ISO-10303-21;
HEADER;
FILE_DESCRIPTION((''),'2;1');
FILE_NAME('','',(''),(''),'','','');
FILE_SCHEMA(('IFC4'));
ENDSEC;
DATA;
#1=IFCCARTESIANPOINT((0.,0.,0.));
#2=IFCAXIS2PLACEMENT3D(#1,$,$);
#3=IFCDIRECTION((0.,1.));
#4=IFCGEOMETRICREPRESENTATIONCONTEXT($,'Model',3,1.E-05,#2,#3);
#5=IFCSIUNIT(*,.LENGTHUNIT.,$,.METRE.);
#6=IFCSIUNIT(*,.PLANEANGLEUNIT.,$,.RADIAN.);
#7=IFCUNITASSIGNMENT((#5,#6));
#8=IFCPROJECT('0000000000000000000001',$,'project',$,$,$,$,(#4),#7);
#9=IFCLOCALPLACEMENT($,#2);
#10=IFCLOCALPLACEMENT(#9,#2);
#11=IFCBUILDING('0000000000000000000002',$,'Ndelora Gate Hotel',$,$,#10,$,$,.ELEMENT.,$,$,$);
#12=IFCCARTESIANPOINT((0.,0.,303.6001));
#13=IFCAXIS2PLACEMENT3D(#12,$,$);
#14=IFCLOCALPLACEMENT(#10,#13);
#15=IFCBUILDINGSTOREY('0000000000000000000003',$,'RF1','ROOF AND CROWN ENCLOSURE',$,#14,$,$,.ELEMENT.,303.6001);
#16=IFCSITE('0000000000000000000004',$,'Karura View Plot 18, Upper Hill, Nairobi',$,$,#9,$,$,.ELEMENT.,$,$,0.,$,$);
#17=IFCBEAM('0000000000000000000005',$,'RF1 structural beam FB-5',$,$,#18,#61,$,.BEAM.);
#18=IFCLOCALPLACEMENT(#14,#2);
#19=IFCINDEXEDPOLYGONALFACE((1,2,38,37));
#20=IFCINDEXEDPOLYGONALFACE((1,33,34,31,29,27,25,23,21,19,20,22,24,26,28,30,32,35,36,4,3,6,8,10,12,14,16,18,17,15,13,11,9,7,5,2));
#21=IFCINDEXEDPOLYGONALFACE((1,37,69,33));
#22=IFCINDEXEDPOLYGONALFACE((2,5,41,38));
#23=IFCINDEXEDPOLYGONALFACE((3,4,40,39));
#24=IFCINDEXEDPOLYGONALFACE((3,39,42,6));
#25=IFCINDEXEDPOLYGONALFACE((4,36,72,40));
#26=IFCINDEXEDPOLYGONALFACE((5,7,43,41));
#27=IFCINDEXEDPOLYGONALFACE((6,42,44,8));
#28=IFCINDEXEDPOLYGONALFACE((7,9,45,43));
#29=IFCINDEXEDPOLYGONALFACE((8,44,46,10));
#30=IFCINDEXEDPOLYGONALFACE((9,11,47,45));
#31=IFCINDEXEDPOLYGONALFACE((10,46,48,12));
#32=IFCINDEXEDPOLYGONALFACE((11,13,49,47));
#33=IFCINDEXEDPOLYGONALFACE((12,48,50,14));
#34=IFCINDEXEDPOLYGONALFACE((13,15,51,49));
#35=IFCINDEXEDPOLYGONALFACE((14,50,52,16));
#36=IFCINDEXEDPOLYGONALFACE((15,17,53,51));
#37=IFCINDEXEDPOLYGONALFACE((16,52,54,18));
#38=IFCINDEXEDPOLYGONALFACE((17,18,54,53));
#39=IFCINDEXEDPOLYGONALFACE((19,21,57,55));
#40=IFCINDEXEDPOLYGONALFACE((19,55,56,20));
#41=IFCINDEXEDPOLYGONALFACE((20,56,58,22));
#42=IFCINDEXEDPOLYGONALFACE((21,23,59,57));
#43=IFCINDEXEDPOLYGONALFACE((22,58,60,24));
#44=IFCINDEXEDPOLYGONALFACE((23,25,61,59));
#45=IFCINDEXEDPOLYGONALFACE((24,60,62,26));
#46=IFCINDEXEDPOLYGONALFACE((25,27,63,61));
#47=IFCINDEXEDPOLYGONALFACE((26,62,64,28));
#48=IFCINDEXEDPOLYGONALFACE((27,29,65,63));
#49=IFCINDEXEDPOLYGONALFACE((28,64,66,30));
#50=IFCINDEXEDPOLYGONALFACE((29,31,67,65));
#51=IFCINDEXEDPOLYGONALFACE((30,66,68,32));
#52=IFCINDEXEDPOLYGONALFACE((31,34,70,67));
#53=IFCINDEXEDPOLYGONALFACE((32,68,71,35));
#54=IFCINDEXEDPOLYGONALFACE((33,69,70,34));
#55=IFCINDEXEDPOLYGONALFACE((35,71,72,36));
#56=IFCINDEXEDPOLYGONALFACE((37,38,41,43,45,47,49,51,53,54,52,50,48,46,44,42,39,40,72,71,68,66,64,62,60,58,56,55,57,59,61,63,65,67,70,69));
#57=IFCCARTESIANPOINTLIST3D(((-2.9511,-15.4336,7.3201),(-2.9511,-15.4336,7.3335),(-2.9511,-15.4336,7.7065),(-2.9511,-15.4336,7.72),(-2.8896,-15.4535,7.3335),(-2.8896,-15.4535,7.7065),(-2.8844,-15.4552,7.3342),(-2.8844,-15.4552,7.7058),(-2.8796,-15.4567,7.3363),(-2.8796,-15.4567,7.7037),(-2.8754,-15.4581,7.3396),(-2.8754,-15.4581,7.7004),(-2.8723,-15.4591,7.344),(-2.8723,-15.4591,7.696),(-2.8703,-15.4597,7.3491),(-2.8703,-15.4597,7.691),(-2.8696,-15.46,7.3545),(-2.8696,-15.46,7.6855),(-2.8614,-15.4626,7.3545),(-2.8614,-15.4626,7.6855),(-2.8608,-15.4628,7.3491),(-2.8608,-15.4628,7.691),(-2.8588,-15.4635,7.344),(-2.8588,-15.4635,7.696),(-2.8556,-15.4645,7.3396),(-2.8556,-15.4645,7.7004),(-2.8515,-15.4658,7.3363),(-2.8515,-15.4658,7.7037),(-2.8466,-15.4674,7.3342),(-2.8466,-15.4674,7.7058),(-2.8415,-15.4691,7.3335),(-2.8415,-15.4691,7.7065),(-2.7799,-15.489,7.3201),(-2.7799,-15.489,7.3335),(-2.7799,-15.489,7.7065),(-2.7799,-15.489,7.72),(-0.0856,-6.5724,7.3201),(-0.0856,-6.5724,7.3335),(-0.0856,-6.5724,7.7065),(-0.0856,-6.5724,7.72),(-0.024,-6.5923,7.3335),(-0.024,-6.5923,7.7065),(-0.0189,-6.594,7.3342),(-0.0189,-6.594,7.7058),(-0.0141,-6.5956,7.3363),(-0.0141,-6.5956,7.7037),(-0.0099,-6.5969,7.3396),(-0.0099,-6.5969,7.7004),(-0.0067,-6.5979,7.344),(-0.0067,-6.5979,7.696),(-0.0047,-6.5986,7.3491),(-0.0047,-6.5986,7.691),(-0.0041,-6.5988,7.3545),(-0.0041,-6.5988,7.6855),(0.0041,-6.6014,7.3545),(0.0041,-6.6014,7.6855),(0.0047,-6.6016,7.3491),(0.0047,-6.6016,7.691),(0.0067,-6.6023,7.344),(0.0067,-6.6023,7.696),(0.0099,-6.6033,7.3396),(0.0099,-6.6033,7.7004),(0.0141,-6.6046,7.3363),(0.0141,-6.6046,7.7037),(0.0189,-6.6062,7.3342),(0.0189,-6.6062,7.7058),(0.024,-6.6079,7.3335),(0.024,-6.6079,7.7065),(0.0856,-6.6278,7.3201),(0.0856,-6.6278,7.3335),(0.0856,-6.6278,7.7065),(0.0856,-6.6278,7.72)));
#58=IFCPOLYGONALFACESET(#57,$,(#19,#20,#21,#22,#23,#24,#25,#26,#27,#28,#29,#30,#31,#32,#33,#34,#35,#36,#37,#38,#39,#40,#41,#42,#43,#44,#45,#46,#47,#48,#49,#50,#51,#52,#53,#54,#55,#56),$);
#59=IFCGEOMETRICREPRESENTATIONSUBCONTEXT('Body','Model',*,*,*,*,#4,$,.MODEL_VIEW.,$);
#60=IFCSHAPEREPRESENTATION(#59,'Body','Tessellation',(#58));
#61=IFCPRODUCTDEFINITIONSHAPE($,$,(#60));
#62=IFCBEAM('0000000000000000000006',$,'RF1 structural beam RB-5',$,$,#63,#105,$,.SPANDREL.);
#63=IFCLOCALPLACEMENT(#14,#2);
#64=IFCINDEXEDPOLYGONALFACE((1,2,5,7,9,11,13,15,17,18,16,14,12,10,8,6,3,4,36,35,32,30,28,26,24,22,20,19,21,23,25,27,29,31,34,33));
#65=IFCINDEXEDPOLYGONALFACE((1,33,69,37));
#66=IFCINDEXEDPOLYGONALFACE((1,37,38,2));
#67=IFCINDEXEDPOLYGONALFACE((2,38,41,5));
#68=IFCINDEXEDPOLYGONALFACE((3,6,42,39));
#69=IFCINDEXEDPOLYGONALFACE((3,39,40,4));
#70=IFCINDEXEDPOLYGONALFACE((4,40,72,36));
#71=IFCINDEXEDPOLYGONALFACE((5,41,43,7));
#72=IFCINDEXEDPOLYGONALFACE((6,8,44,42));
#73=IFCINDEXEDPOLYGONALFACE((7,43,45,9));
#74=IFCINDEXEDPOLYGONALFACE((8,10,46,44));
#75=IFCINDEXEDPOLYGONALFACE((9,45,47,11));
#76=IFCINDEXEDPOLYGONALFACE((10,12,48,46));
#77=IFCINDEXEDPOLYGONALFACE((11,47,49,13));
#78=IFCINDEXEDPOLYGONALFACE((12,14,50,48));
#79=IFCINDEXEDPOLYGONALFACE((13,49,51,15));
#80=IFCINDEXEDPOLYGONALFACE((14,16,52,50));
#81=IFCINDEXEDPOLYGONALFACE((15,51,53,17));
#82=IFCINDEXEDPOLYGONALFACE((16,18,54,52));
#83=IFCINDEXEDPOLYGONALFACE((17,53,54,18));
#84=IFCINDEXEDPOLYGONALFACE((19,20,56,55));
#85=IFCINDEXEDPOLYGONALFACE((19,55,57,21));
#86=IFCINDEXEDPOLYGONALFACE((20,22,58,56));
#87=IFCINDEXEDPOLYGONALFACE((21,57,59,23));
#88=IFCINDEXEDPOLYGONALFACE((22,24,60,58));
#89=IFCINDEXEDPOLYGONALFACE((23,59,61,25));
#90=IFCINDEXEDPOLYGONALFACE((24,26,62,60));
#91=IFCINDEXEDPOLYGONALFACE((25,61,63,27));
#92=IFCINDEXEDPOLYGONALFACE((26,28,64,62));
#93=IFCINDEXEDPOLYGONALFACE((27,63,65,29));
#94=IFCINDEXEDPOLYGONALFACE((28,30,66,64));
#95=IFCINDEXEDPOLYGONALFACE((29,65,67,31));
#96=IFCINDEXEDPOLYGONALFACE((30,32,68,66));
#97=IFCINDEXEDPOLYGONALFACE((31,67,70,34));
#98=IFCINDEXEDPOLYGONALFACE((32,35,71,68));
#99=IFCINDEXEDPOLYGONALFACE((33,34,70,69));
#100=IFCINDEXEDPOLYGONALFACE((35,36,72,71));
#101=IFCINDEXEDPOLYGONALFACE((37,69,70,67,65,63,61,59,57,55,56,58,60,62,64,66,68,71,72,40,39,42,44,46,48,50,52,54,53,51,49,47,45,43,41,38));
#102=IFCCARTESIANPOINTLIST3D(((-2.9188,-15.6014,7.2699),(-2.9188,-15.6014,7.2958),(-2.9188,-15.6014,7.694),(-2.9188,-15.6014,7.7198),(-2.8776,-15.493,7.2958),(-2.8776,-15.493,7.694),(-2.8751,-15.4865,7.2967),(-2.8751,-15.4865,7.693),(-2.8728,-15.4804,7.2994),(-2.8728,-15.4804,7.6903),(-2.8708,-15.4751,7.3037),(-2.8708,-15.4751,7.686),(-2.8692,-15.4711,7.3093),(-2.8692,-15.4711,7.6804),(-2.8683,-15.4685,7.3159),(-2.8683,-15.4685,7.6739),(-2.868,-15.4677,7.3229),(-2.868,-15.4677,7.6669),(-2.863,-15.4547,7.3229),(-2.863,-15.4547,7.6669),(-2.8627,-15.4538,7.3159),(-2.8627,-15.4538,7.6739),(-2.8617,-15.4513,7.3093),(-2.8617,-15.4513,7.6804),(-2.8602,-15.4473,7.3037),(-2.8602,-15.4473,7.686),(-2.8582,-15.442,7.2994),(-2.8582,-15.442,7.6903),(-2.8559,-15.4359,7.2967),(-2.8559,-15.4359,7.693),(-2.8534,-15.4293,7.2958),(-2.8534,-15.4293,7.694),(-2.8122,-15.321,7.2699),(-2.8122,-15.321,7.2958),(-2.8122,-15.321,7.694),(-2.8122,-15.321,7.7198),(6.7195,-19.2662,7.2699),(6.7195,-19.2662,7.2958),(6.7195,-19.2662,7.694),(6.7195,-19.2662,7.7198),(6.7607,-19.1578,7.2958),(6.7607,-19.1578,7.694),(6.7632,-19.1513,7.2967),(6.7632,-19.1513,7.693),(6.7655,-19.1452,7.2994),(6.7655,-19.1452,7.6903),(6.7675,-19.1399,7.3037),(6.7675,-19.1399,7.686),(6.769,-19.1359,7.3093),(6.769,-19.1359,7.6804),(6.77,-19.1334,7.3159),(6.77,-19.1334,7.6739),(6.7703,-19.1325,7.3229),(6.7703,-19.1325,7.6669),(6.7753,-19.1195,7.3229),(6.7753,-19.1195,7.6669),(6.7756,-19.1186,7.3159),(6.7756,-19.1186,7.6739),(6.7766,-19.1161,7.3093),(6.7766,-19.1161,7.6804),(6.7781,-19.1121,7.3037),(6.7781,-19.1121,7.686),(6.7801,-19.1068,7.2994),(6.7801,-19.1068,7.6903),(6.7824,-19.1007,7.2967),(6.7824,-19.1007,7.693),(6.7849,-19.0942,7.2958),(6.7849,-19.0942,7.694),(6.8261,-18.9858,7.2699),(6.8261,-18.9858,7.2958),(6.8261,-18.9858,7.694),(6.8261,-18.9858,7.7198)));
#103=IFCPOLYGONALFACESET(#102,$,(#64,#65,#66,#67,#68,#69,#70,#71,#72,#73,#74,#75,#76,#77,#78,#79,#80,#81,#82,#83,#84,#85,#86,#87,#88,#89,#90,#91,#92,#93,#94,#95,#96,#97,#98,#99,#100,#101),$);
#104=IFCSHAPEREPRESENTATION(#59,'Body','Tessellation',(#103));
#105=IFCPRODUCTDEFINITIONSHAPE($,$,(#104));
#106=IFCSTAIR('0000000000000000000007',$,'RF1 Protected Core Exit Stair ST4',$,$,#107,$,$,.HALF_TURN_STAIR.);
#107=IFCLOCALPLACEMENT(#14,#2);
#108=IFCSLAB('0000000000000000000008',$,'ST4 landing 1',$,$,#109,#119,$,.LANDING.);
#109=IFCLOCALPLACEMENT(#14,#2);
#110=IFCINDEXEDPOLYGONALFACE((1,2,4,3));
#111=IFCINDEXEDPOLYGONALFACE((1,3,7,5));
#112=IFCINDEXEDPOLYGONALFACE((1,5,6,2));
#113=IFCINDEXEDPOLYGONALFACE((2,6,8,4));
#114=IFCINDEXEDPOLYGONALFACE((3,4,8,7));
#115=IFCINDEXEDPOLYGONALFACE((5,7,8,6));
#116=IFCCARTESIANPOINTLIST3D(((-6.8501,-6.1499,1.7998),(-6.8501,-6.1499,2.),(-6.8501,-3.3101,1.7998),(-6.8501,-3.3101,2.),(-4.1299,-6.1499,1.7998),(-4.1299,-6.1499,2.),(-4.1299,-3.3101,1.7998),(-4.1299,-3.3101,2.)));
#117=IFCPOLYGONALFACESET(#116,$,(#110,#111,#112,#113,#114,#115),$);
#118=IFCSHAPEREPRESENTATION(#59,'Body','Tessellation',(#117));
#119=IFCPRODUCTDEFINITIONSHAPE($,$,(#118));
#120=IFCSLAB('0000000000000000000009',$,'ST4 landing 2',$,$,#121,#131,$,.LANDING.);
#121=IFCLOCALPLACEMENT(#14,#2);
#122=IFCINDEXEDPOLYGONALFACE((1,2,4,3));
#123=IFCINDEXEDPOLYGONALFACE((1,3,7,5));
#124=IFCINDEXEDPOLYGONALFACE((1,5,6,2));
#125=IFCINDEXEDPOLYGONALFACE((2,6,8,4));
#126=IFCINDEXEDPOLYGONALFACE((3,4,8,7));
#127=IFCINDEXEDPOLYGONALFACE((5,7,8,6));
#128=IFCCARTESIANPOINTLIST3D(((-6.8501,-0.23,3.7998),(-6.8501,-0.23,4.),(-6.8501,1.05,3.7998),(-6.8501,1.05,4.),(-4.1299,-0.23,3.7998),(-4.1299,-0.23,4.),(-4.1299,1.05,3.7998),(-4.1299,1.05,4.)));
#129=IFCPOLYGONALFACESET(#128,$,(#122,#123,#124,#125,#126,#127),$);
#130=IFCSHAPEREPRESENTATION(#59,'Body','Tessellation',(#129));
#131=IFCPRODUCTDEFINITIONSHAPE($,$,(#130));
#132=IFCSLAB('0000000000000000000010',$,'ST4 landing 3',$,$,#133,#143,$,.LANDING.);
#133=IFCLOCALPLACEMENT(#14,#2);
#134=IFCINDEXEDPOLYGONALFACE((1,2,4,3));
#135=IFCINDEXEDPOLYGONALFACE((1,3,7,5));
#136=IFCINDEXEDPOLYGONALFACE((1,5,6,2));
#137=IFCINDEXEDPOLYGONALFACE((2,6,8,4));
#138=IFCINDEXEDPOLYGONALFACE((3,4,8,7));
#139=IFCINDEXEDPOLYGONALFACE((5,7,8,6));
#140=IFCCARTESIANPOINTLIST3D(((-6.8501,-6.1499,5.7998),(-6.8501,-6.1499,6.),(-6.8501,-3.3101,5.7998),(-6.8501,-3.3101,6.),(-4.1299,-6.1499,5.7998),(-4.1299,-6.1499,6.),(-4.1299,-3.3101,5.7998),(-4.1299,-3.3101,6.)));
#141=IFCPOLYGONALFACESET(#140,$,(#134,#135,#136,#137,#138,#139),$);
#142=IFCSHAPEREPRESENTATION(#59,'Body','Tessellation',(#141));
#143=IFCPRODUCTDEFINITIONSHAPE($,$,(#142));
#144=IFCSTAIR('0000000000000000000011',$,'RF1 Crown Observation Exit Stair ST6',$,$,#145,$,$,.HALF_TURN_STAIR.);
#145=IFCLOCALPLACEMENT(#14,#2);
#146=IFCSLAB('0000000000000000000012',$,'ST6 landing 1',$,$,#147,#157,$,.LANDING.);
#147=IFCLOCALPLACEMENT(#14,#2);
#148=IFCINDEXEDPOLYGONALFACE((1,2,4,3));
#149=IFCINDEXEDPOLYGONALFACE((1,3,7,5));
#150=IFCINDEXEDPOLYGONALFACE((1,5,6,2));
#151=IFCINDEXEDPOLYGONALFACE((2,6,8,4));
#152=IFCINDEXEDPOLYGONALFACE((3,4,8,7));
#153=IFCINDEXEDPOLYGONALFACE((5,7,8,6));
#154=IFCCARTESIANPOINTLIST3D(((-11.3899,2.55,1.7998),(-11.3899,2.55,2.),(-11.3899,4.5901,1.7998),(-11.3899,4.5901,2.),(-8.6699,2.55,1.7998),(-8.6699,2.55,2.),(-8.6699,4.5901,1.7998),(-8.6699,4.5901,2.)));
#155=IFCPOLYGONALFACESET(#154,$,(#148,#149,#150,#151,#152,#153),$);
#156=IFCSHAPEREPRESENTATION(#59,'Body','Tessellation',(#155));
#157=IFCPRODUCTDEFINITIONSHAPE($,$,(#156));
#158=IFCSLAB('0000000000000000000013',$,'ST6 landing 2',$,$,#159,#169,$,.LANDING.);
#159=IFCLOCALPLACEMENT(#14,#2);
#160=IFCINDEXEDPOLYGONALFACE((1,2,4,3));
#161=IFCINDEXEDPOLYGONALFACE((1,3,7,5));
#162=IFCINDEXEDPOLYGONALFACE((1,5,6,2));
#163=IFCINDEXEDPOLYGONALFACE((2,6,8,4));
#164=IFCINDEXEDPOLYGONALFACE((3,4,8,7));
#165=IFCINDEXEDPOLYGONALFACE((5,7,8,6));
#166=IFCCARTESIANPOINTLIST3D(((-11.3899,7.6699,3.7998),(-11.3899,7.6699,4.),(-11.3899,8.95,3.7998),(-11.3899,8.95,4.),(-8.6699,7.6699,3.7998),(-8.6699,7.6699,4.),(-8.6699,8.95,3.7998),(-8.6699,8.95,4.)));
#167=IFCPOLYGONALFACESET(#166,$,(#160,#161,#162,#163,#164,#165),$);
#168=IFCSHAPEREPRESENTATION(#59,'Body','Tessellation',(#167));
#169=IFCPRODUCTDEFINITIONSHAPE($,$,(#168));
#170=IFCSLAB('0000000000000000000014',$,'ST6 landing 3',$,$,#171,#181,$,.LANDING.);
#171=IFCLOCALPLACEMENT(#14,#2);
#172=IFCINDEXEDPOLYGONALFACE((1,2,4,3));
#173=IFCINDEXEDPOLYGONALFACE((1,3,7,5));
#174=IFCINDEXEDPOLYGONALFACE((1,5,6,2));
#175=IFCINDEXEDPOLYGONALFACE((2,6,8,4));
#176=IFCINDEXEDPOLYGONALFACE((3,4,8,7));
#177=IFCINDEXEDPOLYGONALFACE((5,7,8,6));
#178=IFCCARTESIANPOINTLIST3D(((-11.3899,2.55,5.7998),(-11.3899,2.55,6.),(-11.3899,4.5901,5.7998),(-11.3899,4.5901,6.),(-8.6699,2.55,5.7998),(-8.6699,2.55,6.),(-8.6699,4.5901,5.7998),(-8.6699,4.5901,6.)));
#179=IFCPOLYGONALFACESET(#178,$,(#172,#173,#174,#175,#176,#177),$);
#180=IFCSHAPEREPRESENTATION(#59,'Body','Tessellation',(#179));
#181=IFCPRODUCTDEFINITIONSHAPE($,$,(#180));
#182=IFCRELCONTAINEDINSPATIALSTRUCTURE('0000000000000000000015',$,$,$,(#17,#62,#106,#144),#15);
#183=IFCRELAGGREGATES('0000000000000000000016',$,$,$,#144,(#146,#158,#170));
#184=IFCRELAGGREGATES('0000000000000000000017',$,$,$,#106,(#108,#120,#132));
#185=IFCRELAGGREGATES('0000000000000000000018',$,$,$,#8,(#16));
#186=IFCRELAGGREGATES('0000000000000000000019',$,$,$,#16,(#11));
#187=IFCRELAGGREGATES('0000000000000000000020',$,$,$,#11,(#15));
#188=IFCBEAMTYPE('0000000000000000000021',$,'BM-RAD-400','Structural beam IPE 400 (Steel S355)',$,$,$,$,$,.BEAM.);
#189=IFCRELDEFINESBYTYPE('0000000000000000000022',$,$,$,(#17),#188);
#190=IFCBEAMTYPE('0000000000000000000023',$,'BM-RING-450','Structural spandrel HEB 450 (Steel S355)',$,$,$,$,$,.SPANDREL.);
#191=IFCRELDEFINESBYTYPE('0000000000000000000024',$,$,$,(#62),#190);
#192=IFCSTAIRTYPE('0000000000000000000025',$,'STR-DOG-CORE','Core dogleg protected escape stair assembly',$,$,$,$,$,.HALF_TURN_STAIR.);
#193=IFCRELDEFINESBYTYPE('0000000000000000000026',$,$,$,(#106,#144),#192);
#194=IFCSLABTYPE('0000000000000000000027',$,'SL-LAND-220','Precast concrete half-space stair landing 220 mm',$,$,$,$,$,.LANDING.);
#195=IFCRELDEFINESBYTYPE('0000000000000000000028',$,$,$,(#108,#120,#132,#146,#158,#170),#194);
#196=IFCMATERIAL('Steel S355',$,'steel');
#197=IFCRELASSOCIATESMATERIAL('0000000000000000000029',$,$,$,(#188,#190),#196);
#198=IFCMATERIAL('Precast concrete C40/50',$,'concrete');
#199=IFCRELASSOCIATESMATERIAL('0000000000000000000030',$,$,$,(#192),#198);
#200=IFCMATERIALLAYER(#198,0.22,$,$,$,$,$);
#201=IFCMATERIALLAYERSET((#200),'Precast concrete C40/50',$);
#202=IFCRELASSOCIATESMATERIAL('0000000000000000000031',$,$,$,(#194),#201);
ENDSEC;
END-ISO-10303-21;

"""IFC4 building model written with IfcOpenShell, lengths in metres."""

from ifc_helpers import new_model, si_unit, direction, frame, origin, origin_2d, place, context, subcontext, project, spatial, polyline, i_section, outline, extrude, material, layer, layer_set, material_profile, profile_set, type_object, element, aggregate, save


model = new_model("IFC4")

# Units and contexts
model_context = context("Model", 3, precision=1e-05, world=origin(), true_north=direction((0.0, 1.0)))
body_context = subcontext(model_context, "Body", "Model", "MODEL_VIEW")
ifc_project = project(units=[si_unit("LENGTHUNIT", "METRE"), si_unit("PLANEANGLEUNIT", "RADIAN")], contexts=[model_context])

# Site, building, storey
site_placement = place(None, origin())
site = spatial("IfcSite", under=ifc_project, at=site_placement, Name="Karura View Plot 18, Upper Hill, Nairobi", CompositionType="ELEMENT", RefElevation=0.0)
building_placement = place(site_placement, origin())
building = spatial("IfcBuilding", under=site, at=building_placement, Name="Ndelora Gate Hotel", CompositionType="ELEMENT")
storey_placement = place(building_placement, frame((0.0, 0.0, 303.6001)))
storey = spatial("IfcBuildingStorey", under=building, at=storey_placement, Name="RF1", Description="ROOF AND CROWN ENCLOSURE", CompositionType="ELEMENT", Elevation=303.6001)

# Beams
ifc_material_1 = material(Name="Steel S355", Category="steel")
ifc_material_profile_1 = material_profile(ifc_material_1, i_section(OverallWidth=0.1799, OverallDepth=0.3999, WebThickness=0.0085, FlangeThickness=0.0134, FilletRadius=0.021, at=origin_2d()), Name="IPE 400")
ifc_profile_set_1 = profile_set([ifc_material_profile_1], Name="Steel S355")
beam_type_1 = type_object("IfcBeamType", Name="BM-RAD-400", Description="Structural beam IPE 400 (Steel S355)", PredefinedType="BEAM", material=ifc_profile_set_1)
beam_1_placement = place(storey_placement, frame((0.0, -6.6001, 7.52), z_axis=(-0.30769, -0.951487, 0.0), x_axis=(0.951487, -0.30769, 0.0)))
element("IfcBeam", 1, at=beam_1_placement, inside=storey, type_object=beam_type_1, Name="RF1 structural beam FB-5", PredefinedType="BEAM", context=body_context, shape_type="SweptSolid", body=[
    extrude(i_section(OverallWidth=0.1799, OverallDepth=0.3999, WebThickness=0.0085, FlangeThickness=0.0134, FilletRadius=0.021, at=origin_2d()), origin(), (0.0, 0.0, 1.0), 9.313),
])
ifc_material_profile_2 = material_profile(ifc_material_1, i_section(OverallWidth=0.3, OverallDepth=0.45, WebThickness=0.0139, FlangeThickness=0.0259, FilletRadius=0.0271, at=origin_2d()), Name="HEB 450")
ifc_profile_set_2 = profile_set([ifc_material_profile_2], Name="Steel S355")
beam_type_2 = type_object("IfcBeamType", Name="BM-RING-450", Description="Structural spandrel HEB 450 (Steel S355)", PredefinedType="SPANDREL", material=ifc_profile_set_2)
beam_2_placement = place(storey_placement, frame((-2.8655, -15.4612, 7.4949), z_axis=(0.93471, -0.355411, 0.0), x_axis=(0.355411, 0.93471, 0.0)))
element("IfcBeam", 2, at=beam_2_placement, inside=storey, type_object=beam_type_2, Name="RF1 structural beam RB-5", PredefinedType="SPANDREL", context=body_context, shape_type="SweptSolid", body=[
    extrude(i_section(OverallWidth=0.3, OverallDepth=0.45, WebThickness=0.0139, FlangeThickness=0.0259, FilletRadius=0.0271, at=origin_2d()), origin(), (0.0, 0.0, 1.0), 10.3115),
])

# Stairs, slabs
ifc_material_2 = material(Name="Precast concrete C40/50", Category="concrete")
stair_type = type_object("IfcStairType", Name="STR-DOG-CORE", Description="Core dogleg protected escape stair assembly", PredefinedType="HALF_TURN_STAIR", material=ifc_material_2)
stair_1_placement = place(storey_placement, origin())
stair_1 = element("IfcStair", 3, at=stair_1_placement, inside=storey, type_object=stair_type, Name="RF1 Protected Core Exit Stair ST4", PredefinedType="HALF_TURN_STAIR")
ifc_layer_1 = layer(ifc_material_2, 0.22)
ifc_layer_set_1 = layer_set([ifc_layer_1], Name="Precast concrete C40/50")
slab_type_1 = type_object("IfcSlabType", Name="SL-LAND-220", Description="Precast concrete half-space stair landing 220 mm", PredefinedType="LANDING", material=ifc_layer_set_1)
slab_1_placement = place(storey_placement, frame((0.0, 0.0, 1.7998)))
slab_1 = element("IfcSlab", 4, at=slab_1_placement, type_object=slab_type_1, Name="ST4 landing 1", PredefinedType="LANDING", context=body_context, shape_type="SweptSolid", body=[
    extrude(outline(polyline([(-6.8501, -3.3101), (-6.8501, -6.1499), (-4.1299, -6.1499), (-4.1299, -3.3101), (-6.8501, -3.3101)])), origin(), (0.0, 0.0, 1.0), 0.2002),
])
slab_2_placement = place(storey_placement, frame((0.0, 0.0, 3.7998)))
slab_2 = element("IfcSlab", 5, at=slab_2_placement, type_object=slab_type_1, Name="ST4 landing 2", PredefinedType="LANDING", context=body_context, shape_type="SweptSolid", body=[
    extrude(outline(polyline([(-6.8501, 1.05), (-6.8501, -0.23), (-4.1299, -0.23), (-4.1299, 1.05), (-6.8501, 1.05)])), origin(), (0.0, 0.0, 1.0), 0.2002),
])
slab_3_placement = place(storey_placement, frame((0.0, 0.0, 5.7998)))
slab_3 = element("IfcSlab", 6, at=slab_3_placement, type_object=slab_type_1, Name="ST4 landing 3", PredefinedType="LANDING", context=body_context, shape_type="SweptSolid", body=[
    extrude(outline(polyline([(-6.8501, -3.3101), (-6.8501, -6.1499), (-4.1299, -6.1499), (-4.1299, -3.3101), (-6.8501, -3.3101)])), origin(), (0.0, 0.0, 1.0), 0.2002),
])
stair_2_placement = place(storey_placement, origin())
stair_2 = element("IfcStair", 7, at=stair_2_placement, inside=storey, type_object=stair_type, Name="RF1 Crown Observation Exit Stair ST6", PredefinedType="HALF_TURN_STAIR")
slab_4_placement = place(storey_placement, frame((0.0, 0.0, 1.7998)))
slab_4 = element("IfcSlab", 8, at=slab_4_placement, type_object=slab_type_1, Name="ST6 landing 1", PredefinedType="LANDING", context=body_context, shape_type="SweptSolid", body=[
    extrude(outline(polyline([(-11.3899, 4.5901), (-11.3899, 2.55), (-8.6699, 2.55), (-8.6699, 4.5901), (-11.3899, 4.5901)])), origin(), (0.0, 0.0, 1.0), 0.2002),
])
slab_5_placement = place(storey_placement, frame((0.0, 0.0, 3.7998)))
slab_5 = element("IfcSlab", 9, at=slab_5_placement, type_object=slab_type_1, Name="ST6 landing 2", PredefinedType="LANDING", context=body_context, shape_type="SweptSolid", body=[
    extrude(outline(polyline([(-11.3899, 8.95), (-11.3899, 7.6699), (-8.6699, 7.6699), (-8.6699, 8.95), (-11.3899, 8.95)])), origin(), (0.0, 0.0, 1.0), 0.2002),
])
slab_6_placement = place(storey_placement, frame((0.0, 0.0, 5.7998)))
slab_6 = element("IfcSlab", 10, at=slab_6_placement, type_object=slab_type_1, Name="ST6 landing 3", PredefinedType="LANDING", context=body_context, shape_type="SweptSolid", body=[
    extrude(outline(polyline([(-11.3899, 4.5901), (-11.3899, 2.55), (-8.6699, 2.55), (-8.6699, 4.5901), (-11.3899, 4.5901)])), origin(), (0.0, 0.0, 1.0), 0.2002),
])
aggregate(stair_2, [slab_4, slab_5, slab_6])

aggregate(stair_1, [slab_1, slab_2, slab_3])

save(model, "model.ifc")
